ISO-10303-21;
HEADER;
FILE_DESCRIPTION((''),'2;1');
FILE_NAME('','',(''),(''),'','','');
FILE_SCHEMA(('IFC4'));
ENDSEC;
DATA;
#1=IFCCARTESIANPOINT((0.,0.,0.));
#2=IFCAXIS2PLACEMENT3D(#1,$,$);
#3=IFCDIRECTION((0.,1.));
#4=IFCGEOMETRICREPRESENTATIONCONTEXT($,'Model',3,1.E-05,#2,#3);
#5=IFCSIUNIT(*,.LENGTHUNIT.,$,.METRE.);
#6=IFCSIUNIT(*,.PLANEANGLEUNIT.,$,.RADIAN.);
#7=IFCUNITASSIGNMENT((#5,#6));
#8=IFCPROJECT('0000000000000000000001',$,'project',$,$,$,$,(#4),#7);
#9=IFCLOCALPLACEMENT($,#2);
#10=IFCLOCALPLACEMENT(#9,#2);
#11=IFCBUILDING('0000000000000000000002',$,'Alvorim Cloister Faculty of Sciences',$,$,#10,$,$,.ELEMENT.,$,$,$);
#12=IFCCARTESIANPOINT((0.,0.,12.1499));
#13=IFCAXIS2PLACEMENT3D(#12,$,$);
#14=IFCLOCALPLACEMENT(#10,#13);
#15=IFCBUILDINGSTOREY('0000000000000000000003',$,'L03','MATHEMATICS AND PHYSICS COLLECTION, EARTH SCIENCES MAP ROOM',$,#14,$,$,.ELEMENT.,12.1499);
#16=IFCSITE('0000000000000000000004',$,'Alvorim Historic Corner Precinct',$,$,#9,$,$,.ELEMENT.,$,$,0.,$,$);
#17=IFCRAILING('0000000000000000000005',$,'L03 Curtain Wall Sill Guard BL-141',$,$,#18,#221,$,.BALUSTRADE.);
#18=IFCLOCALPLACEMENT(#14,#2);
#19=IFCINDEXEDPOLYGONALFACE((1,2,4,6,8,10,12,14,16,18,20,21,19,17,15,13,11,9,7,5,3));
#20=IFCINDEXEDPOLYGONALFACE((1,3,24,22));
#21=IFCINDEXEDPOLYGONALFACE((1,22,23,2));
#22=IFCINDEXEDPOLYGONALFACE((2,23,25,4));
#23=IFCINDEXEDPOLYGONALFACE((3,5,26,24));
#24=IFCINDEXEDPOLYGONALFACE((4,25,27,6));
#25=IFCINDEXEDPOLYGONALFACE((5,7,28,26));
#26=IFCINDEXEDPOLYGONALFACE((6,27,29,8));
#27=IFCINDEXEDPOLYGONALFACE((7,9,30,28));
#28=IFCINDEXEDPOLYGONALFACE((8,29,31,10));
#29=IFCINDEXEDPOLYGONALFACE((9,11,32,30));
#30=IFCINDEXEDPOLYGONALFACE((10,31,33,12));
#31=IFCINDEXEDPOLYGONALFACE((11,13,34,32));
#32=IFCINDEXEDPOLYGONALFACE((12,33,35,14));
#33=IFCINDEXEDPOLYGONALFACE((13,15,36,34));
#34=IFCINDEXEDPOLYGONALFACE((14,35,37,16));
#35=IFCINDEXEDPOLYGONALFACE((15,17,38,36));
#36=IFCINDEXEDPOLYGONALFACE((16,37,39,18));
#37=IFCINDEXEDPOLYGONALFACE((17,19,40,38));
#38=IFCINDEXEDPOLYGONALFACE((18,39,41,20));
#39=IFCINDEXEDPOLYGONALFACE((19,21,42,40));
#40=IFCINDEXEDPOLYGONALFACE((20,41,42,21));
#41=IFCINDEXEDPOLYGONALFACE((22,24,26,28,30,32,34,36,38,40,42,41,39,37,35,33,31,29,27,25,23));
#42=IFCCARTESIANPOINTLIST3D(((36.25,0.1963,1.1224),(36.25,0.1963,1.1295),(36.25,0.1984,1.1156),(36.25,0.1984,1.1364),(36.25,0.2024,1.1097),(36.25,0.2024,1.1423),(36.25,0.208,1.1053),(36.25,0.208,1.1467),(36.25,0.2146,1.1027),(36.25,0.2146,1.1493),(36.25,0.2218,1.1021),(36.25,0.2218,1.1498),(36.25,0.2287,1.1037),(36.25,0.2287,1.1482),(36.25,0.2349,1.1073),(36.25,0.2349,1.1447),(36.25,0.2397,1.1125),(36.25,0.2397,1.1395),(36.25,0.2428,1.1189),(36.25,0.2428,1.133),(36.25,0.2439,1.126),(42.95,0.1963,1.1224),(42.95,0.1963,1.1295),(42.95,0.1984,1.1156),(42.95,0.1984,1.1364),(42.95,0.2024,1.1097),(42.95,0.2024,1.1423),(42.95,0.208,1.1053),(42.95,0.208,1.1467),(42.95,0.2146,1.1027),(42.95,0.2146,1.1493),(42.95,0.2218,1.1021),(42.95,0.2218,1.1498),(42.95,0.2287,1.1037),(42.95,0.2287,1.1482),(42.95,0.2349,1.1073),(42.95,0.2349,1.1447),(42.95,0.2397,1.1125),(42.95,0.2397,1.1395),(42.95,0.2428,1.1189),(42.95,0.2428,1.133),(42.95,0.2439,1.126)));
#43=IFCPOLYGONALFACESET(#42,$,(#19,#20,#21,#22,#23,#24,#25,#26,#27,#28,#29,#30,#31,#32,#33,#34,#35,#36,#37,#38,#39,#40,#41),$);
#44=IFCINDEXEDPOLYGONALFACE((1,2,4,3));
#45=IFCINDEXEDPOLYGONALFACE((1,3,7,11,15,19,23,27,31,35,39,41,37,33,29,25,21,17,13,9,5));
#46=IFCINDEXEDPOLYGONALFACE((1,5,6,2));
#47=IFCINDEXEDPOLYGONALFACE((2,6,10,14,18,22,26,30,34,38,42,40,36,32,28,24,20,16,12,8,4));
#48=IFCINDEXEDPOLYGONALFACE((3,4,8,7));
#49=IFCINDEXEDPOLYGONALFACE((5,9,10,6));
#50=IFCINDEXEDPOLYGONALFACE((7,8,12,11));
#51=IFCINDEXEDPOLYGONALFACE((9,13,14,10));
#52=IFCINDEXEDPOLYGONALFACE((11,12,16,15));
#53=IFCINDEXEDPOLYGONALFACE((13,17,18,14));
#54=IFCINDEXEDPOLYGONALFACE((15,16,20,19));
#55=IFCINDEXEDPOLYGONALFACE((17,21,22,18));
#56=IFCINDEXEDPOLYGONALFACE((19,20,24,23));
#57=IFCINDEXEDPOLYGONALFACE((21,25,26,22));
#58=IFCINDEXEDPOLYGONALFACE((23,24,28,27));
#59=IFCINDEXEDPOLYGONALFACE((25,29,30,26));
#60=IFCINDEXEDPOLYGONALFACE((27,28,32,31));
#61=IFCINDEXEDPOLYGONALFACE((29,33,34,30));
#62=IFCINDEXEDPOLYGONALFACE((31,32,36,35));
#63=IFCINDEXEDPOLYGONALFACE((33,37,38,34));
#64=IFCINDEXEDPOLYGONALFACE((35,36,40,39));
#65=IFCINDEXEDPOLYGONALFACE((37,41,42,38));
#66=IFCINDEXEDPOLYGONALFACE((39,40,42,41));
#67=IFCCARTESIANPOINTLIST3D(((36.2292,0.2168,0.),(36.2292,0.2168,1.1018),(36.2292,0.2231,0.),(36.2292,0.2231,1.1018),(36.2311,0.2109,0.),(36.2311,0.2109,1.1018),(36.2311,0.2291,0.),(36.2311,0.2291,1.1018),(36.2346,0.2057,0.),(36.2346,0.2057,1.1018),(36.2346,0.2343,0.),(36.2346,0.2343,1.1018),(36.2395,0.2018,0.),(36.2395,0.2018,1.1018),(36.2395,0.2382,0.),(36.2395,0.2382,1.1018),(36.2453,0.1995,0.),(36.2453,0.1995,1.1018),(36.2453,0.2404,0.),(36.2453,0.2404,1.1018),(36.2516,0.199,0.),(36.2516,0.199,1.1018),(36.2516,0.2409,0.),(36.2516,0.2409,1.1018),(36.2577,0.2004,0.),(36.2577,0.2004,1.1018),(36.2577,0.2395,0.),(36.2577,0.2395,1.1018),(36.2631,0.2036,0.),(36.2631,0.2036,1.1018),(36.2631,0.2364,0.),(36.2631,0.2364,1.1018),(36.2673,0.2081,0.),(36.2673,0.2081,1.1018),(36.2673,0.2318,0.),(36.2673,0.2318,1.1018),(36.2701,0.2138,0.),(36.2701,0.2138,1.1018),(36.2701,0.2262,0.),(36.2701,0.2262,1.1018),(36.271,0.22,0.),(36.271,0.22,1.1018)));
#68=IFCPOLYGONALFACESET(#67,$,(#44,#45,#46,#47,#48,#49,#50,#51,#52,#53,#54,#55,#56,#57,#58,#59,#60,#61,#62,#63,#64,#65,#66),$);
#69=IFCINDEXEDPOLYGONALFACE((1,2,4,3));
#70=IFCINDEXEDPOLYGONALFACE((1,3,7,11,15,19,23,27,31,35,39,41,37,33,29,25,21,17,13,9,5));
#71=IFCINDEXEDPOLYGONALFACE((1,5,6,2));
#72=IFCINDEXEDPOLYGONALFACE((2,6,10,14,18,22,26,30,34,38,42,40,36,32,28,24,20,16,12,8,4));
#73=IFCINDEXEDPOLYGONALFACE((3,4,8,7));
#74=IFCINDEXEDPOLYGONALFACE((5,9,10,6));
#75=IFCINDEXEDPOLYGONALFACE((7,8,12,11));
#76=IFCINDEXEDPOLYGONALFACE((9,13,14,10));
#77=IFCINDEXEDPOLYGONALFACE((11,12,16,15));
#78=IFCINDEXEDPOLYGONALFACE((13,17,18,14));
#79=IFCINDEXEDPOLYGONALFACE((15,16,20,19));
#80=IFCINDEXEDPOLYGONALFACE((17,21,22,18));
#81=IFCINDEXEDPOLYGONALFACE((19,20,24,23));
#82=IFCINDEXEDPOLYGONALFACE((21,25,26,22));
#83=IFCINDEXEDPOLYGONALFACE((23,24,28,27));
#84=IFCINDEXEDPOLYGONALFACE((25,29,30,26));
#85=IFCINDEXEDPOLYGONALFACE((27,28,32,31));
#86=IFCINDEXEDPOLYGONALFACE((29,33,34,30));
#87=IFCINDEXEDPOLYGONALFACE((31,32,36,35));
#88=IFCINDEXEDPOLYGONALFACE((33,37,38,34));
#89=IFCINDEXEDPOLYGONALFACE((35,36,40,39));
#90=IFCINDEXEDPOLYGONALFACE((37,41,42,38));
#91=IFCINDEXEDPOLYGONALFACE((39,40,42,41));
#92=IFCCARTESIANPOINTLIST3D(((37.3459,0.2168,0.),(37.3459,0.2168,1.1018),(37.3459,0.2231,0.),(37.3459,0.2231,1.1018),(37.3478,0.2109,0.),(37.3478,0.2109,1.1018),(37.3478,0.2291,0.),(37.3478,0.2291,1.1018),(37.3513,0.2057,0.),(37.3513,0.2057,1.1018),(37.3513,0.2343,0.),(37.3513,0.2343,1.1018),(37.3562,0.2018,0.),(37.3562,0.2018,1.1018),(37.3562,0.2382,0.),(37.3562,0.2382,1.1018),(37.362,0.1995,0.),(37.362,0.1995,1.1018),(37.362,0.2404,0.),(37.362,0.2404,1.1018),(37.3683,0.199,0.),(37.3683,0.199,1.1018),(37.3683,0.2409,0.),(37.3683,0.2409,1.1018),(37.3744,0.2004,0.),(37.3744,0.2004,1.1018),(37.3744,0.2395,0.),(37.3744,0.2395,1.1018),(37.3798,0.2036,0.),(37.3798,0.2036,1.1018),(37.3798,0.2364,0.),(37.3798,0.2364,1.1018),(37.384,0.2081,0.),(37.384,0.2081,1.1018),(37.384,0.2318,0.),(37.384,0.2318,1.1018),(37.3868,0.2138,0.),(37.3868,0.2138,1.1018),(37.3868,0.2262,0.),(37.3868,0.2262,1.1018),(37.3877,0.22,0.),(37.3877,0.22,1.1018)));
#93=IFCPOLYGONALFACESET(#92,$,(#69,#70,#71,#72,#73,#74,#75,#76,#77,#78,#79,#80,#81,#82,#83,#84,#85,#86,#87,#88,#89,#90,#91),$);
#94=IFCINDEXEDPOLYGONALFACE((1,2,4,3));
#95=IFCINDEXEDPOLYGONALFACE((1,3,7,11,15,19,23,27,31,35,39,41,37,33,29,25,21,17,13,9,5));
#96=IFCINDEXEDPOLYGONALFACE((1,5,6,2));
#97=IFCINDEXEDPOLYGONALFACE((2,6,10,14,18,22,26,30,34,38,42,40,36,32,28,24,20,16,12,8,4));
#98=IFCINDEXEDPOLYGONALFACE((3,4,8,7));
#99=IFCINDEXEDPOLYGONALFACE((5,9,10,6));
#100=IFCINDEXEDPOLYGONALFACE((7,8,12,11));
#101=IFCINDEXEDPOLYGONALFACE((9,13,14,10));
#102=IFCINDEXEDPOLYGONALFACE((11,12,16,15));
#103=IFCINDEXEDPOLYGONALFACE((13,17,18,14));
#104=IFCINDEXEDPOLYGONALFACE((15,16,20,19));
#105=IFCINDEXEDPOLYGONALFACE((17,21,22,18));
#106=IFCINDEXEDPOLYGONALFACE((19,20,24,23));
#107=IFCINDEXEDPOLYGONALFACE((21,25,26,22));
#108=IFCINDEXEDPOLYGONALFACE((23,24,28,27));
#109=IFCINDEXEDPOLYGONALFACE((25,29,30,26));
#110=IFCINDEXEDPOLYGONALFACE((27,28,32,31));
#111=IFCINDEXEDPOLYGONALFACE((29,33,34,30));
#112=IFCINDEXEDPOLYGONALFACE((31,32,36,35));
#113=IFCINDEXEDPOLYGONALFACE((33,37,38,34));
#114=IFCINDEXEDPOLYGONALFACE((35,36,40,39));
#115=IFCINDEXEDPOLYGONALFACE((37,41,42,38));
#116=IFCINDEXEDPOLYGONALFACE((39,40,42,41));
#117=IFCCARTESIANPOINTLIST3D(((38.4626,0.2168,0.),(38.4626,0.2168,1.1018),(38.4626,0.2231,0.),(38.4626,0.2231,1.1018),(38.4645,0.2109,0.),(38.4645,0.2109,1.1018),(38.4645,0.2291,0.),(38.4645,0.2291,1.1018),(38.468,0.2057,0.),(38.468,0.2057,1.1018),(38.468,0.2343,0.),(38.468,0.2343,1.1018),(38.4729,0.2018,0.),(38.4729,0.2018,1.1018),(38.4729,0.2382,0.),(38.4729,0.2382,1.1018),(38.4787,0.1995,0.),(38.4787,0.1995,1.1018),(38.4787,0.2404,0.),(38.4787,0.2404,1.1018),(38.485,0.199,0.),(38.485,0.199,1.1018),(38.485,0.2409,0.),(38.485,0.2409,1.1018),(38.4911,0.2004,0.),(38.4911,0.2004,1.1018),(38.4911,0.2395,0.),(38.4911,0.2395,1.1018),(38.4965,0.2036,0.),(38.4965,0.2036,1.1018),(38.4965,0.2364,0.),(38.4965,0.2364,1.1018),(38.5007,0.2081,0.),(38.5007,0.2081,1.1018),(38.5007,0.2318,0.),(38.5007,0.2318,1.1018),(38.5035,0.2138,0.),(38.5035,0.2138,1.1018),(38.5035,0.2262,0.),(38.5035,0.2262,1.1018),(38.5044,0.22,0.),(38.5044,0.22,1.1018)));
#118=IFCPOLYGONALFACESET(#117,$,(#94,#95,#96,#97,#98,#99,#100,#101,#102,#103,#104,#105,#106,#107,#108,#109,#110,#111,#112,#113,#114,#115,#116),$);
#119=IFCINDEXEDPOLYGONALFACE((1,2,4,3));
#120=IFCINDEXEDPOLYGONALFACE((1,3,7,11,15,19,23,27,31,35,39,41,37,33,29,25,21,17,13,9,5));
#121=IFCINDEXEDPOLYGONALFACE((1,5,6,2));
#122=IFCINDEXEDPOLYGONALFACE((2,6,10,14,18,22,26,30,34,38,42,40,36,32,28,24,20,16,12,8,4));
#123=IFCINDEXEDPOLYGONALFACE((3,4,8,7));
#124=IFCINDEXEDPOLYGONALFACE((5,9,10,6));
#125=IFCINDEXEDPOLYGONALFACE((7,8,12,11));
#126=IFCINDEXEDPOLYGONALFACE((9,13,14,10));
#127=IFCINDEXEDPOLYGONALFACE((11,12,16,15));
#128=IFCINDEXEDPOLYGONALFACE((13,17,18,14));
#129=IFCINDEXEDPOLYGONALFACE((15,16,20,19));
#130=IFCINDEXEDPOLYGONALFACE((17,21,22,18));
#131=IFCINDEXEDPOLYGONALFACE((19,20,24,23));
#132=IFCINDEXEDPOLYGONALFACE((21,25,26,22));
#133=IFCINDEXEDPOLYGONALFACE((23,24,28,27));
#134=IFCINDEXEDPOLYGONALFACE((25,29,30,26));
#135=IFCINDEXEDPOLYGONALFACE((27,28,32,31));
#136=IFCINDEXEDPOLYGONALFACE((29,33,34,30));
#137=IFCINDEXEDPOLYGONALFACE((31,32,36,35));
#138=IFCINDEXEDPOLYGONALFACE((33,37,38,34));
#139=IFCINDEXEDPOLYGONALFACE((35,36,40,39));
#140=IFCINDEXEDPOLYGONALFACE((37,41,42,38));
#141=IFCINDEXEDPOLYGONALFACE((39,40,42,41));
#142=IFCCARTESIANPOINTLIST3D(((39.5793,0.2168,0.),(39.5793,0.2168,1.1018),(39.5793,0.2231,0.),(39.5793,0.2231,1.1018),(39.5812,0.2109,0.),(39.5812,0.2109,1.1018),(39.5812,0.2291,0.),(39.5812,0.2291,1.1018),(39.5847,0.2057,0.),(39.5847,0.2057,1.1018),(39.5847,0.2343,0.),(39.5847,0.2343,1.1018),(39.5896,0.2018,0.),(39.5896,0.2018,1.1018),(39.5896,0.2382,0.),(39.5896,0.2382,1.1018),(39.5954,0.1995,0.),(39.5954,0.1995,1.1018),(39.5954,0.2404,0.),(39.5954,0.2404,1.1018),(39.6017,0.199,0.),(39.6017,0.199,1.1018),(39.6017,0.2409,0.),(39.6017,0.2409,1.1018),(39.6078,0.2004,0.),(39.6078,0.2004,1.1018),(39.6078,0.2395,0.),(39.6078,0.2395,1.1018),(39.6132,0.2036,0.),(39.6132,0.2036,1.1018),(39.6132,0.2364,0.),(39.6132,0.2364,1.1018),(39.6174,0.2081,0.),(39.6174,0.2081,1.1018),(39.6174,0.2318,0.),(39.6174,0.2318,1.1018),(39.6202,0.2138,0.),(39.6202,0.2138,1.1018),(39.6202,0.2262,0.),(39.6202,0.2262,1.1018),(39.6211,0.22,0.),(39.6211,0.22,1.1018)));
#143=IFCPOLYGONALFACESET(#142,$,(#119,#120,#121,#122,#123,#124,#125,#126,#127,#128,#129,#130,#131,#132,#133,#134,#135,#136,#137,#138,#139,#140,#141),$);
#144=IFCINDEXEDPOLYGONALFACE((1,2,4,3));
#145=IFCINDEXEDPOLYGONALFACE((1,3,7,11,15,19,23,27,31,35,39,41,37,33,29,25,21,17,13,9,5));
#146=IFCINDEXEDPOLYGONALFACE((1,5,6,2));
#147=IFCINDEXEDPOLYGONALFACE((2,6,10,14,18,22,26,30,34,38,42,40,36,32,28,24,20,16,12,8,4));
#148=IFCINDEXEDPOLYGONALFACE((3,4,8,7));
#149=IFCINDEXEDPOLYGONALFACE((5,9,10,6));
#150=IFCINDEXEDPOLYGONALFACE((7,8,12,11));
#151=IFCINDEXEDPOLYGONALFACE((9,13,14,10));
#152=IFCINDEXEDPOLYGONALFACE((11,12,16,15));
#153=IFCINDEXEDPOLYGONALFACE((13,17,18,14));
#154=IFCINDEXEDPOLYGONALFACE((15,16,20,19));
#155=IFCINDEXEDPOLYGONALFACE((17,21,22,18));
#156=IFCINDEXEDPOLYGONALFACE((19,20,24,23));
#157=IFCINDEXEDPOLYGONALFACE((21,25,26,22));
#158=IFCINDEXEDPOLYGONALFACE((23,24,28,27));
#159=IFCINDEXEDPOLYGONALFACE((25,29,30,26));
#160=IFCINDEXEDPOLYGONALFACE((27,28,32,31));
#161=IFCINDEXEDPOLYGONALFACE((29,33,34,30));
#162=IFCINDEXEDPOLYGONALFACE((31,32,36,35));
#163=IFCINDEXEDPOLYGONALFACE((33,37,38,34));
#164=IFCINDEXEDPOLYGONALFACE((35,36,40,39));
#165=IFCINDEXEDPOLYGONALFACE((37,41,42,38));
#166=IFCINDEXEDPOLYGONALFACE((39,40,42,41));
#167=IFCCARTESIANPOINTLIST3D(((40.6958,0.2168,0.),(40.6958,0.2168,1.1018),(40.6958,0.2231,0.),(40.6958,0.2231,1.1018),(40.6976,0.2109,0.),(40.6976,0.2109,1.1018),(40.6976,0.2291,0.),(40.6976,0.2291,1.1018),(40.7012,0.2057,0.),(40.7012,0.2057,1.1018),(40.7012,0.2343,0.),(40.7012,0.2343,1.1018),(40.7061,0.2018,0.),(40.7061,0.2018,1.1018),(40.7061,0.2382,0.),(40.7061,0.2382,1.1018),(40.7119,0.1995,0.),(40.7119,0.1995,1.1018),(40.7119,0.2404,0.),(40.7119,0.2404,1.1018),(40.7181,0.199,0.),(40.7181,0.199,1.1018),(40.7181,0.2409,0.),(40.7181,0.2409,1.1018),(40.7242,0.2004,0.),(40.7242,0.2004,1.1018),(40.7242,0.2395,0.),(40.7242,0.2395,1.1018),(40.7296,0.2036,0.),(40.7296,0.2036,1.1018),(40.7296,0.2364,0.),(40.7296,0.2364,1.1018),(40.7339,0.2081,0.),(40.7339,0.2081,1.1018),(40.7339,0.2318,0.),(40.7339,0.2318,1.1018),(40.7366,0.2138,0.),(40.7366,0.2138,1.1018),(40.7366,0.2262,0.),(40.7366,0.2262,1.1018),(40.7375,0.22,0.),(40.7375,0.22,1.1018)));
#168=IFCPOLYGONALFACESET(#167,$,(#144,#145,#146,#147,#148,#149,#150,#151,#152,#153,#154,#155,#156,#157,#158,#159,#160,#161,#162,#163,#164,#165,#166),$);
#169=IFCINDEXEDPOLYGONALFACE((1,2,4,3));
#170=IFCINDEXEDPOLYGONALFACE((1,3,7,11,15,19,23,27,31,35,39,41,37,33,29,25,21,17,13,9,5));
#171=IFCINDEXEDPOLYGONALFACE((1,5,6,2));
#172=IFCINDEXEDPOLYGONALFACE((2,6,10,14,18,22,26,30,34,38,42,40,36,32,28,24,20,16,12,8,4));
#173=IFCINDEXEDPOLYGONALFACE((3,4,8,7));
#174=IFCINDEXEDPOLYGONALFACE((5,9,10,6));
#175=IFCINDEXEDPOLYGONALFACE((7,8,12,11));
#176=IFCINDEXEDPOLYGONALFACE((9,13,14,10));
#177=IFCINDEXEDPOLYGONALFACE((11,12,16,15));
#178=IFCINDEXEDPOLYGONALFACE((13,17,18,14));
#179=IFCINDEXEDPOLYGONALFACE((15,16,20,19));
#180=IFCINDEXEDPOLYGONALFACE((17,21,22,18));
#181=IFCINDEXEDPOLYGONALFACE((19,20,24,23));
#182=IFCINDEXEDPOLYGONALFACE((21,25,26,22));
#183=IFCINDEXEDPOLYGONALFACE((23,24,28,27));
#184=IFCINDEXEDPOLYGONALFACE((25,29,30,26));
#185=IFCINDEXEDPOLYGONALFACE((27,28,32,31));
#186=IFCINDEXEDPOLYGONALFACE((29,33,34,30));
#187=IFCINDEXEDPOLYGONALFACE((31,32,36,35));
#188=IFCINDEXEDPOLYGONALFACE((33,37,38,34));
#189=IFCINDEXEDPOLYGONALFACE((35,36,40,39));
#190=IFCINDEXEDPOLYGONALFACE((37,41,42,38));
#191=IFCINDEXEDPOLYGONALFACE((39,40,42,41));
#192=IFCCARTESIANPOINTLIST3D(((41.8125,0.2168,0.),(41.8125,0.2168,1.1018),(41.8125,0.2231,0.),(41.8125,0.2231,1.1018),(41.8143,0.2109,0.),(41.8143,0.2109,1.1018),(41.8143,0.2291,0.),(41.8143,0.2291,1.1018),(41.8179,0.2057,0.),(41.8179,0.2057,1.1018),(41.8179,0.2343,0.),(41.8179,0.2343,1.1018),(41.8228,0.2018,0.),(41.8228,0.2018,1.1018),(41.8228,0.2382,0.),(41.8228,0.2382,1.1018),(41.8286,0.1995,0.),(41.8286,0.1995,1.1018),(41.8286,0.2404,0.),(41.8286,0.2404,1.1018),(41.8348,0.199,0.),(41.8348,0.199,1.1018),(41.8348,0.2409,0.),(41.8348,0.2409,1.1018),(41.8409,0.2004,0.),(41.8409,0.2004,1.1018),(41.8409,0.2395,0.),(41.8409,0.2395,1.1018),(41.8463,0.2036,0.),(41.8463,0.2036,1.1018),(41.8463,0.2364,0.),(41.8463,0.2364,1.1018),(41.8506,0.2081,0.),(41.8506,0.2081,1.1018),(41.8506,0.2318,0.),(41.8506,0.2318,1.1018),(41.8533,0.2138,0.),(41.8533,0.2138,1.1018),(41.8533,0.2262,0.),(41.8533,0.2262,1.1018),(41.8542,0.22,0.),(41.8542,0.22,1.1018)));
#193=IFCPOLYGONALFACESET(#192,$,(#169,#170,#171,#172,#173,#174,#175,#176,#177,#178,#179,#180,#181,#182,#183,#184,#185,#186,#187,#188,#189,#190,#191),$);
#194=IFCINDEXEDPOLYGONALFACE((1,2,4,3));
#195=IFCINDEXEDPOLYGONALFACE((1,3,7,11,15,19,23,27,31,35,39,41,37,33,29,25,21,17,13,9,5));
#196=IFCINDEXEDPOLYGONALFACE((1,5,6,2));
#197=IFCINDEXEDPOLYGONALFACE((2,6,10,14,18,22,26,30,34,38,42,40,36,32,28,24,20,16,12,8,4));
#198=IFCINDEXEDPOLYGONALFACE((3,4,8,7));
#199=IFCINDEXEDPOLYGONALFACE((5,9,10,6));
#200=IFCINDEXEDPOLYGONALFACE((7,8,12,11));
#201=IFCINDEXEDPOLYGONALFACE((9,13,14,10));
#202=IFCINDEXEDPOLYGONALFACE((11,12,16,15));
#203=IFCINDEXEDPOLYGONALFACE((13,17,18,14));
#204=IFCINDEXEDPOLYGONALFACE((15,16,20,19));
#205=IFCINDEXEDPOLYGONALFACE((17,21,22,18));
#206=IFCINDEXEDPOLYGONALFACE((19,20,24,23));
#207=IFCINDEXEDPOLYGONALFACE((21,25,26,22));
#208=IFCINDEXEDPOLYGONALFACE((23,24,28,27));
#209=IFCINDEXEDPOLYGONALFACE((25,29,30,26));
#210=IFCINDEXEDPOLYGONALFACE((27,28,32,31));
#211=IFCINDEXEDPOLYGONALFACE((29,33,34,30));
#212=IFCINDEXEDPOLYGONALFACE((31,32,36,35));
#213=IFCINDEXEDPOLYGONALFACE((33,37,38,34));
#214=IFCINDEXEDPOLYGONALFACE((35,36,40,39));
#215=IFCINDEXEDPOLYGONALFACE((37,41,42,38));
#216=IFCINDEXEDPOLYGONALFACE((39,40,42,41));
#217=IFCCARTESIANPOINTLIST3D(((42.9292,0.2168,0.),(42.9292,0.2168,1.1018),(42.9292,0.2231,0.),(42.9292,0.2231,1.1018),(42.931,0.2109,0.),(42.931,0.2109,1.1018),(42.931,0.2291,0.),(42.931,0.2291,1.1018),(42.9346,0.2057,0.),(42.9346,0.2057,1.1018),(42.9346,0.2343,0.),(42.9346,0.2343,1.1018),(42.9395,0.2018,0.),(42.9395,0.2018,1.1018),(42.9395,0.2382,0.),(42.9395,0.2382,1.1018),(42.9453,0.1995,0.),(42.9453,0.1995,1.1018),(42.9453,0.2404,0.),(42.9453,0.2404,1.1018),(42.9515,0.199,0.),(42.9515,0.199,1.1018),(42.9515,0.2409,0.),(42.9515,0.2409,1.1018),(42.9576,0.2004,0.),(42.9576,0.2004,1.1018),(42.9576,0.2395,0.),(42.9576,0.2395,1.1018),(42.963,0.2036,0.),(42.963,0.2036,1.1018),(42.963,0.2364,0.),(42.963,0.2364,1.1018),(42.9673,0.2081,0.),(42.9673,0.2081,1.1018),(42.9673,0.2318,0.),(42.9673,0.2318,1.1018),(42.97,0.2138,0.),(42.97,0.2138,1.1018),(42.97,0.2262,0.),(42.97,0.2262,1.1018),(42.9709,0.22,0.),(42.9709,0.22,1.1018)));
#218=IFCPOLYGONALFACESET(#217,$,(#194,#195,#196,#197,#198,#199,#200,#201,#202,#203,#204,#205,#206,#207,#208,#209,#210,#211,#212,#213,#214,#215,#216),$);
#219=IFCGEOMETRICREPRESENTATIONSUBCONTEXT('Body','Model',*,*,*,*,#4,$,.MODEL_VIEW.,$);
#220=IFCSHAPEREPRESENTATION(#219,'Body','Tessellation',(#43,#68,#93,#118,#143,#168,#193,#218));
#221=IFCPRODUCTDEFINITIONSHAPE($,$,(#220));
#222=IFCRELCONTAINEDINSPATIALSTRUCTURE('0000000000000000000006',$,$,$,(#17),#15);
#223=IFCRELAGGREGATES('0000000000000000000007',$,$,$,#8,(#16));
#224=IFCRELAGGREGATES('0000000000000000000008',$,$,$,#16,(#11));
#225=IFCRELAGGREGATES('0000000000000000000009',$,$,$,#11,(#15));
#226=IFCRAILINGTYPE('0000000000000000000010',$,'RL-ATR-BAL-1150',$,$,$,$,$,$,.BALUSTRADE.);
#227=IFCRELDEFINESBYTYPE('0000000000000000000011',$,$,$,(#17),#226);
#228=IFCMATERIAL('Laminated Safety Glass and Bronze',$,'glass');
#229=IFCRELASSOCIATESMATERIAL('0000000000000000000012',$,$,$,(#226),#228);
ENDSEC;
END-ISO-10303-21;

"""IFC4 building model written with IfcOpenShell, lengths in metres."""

from ifc_helpers import new_model, si_unit, direction, frame, origin, origin_2d, place, context, subcontext, project, spatial, circle, extrude, material, type_object, element, save


model = new_model("IFC4")

# Units and contexts
model_context = context("Model", 3, precision=1e-05, world=origin(), true_north=direction((0.0, 1.0)))
body_context = subcontext(model_context, "Body", "Model", "MODEL_VIEW")
ifc_project = project(units=[si_unit("LENGTHUNIT", "METRE"), si_unit("PLANEANGLEUNIT", "RADIAN")], contexts=[model_context])

# Site, building, storey
site_placement = place(None, origin())
site = spatial("IfcSite", under=ifc_project, at=site_placement, Name="Alvorim Historic Corner Precinct", CompositionType="ELEMENT", RefElevation=0.0)
building_placement = place(site_placement, origin())
building = spatial("IfcBuilding", under=site, at=building_placement, Name="Alvorim Cloister Faculty of Sciences", CompositionType="ELEMENT")
storey_placement = place(building_placement, frame((0.0, 0.0, 12.1499)))
storey = spatial("IfcBuildingStorey", under=building, at=storey_placement, Name="L03", Description="MATHEMATICS AND PHYSICS COLLECTION, EARTH SCIENCES MAP ROOM", CompositionType="ELEMENT", Elevation=12.1499)

# Railing
ifc_material_1 = material(Name="Laminated Safety Glass and Bronze", Category="glass")
railing_type = type_object("IfcRailingType", Name="RL-ATR-BAL-1150", PredefinedType="BALUSTRADE", material=ifc_material_1)
railing_placement = place(storey_placement, frame((36.25, 0.22, 0.0)))
element("IfcRailing", 1, at=railing_placement, inside=storey, type_object=railing_type, Name="L03 Curtain Wall Sill Guard BL-141", PredefinedType="BALUSTRADE", context=body_context, shape_type="SweptSolid", body=[
    extrude(circle(Radius=0.0239, at=origin_2d()), frame((0.0, 0.0, 1.126), z_axis=(1.0, 0.0, 0.0), x_axis=(0.0, 1.0, 0.0)), (0.0, 0.0, 1.0), 6.7),
    extrude(circle(Radius=0.021, at=origin_2d()), origin(), (0.0, 0.0, 1.0), 1.1018),
    extrude(circle(Radius=0.021, at=origin_2d()), frame((1.1167, 0.0, 0.0)), (0.0, 0.0, 1.0), 1.1018),
    extrude(circle(Radius=0.021, at=origin_2d()), frame((2.2334, 0.0, 0.0)), (0.0, 0.0, 1.0), 1.1018),
    extrude(circle(Radius=0.021, at=origin_2d()), frame((3.3501, 0.0, 0.0)), (0.0, 0.0, 1.0), 1.1018),
    extrude(circle(Radius=0.021, at=origin_2d()), frame((4.4666, 0.0, 0.0)), (0.0, 0.0, 1.0), 1.1018),
    extrude(circle(Radius=0.021, at=origin_2d()), frame((5.5833, 0.0, 0.0)), (0.0, 0.0, 1.0), 1.1018),
    extrude(circle(Radius=0.021, at=origin_2d()), frame((6.7, 0.0, 0.0)), (0.0, 0.0, 1.0), 1.1018),
])

save(model, "model.ifc")
